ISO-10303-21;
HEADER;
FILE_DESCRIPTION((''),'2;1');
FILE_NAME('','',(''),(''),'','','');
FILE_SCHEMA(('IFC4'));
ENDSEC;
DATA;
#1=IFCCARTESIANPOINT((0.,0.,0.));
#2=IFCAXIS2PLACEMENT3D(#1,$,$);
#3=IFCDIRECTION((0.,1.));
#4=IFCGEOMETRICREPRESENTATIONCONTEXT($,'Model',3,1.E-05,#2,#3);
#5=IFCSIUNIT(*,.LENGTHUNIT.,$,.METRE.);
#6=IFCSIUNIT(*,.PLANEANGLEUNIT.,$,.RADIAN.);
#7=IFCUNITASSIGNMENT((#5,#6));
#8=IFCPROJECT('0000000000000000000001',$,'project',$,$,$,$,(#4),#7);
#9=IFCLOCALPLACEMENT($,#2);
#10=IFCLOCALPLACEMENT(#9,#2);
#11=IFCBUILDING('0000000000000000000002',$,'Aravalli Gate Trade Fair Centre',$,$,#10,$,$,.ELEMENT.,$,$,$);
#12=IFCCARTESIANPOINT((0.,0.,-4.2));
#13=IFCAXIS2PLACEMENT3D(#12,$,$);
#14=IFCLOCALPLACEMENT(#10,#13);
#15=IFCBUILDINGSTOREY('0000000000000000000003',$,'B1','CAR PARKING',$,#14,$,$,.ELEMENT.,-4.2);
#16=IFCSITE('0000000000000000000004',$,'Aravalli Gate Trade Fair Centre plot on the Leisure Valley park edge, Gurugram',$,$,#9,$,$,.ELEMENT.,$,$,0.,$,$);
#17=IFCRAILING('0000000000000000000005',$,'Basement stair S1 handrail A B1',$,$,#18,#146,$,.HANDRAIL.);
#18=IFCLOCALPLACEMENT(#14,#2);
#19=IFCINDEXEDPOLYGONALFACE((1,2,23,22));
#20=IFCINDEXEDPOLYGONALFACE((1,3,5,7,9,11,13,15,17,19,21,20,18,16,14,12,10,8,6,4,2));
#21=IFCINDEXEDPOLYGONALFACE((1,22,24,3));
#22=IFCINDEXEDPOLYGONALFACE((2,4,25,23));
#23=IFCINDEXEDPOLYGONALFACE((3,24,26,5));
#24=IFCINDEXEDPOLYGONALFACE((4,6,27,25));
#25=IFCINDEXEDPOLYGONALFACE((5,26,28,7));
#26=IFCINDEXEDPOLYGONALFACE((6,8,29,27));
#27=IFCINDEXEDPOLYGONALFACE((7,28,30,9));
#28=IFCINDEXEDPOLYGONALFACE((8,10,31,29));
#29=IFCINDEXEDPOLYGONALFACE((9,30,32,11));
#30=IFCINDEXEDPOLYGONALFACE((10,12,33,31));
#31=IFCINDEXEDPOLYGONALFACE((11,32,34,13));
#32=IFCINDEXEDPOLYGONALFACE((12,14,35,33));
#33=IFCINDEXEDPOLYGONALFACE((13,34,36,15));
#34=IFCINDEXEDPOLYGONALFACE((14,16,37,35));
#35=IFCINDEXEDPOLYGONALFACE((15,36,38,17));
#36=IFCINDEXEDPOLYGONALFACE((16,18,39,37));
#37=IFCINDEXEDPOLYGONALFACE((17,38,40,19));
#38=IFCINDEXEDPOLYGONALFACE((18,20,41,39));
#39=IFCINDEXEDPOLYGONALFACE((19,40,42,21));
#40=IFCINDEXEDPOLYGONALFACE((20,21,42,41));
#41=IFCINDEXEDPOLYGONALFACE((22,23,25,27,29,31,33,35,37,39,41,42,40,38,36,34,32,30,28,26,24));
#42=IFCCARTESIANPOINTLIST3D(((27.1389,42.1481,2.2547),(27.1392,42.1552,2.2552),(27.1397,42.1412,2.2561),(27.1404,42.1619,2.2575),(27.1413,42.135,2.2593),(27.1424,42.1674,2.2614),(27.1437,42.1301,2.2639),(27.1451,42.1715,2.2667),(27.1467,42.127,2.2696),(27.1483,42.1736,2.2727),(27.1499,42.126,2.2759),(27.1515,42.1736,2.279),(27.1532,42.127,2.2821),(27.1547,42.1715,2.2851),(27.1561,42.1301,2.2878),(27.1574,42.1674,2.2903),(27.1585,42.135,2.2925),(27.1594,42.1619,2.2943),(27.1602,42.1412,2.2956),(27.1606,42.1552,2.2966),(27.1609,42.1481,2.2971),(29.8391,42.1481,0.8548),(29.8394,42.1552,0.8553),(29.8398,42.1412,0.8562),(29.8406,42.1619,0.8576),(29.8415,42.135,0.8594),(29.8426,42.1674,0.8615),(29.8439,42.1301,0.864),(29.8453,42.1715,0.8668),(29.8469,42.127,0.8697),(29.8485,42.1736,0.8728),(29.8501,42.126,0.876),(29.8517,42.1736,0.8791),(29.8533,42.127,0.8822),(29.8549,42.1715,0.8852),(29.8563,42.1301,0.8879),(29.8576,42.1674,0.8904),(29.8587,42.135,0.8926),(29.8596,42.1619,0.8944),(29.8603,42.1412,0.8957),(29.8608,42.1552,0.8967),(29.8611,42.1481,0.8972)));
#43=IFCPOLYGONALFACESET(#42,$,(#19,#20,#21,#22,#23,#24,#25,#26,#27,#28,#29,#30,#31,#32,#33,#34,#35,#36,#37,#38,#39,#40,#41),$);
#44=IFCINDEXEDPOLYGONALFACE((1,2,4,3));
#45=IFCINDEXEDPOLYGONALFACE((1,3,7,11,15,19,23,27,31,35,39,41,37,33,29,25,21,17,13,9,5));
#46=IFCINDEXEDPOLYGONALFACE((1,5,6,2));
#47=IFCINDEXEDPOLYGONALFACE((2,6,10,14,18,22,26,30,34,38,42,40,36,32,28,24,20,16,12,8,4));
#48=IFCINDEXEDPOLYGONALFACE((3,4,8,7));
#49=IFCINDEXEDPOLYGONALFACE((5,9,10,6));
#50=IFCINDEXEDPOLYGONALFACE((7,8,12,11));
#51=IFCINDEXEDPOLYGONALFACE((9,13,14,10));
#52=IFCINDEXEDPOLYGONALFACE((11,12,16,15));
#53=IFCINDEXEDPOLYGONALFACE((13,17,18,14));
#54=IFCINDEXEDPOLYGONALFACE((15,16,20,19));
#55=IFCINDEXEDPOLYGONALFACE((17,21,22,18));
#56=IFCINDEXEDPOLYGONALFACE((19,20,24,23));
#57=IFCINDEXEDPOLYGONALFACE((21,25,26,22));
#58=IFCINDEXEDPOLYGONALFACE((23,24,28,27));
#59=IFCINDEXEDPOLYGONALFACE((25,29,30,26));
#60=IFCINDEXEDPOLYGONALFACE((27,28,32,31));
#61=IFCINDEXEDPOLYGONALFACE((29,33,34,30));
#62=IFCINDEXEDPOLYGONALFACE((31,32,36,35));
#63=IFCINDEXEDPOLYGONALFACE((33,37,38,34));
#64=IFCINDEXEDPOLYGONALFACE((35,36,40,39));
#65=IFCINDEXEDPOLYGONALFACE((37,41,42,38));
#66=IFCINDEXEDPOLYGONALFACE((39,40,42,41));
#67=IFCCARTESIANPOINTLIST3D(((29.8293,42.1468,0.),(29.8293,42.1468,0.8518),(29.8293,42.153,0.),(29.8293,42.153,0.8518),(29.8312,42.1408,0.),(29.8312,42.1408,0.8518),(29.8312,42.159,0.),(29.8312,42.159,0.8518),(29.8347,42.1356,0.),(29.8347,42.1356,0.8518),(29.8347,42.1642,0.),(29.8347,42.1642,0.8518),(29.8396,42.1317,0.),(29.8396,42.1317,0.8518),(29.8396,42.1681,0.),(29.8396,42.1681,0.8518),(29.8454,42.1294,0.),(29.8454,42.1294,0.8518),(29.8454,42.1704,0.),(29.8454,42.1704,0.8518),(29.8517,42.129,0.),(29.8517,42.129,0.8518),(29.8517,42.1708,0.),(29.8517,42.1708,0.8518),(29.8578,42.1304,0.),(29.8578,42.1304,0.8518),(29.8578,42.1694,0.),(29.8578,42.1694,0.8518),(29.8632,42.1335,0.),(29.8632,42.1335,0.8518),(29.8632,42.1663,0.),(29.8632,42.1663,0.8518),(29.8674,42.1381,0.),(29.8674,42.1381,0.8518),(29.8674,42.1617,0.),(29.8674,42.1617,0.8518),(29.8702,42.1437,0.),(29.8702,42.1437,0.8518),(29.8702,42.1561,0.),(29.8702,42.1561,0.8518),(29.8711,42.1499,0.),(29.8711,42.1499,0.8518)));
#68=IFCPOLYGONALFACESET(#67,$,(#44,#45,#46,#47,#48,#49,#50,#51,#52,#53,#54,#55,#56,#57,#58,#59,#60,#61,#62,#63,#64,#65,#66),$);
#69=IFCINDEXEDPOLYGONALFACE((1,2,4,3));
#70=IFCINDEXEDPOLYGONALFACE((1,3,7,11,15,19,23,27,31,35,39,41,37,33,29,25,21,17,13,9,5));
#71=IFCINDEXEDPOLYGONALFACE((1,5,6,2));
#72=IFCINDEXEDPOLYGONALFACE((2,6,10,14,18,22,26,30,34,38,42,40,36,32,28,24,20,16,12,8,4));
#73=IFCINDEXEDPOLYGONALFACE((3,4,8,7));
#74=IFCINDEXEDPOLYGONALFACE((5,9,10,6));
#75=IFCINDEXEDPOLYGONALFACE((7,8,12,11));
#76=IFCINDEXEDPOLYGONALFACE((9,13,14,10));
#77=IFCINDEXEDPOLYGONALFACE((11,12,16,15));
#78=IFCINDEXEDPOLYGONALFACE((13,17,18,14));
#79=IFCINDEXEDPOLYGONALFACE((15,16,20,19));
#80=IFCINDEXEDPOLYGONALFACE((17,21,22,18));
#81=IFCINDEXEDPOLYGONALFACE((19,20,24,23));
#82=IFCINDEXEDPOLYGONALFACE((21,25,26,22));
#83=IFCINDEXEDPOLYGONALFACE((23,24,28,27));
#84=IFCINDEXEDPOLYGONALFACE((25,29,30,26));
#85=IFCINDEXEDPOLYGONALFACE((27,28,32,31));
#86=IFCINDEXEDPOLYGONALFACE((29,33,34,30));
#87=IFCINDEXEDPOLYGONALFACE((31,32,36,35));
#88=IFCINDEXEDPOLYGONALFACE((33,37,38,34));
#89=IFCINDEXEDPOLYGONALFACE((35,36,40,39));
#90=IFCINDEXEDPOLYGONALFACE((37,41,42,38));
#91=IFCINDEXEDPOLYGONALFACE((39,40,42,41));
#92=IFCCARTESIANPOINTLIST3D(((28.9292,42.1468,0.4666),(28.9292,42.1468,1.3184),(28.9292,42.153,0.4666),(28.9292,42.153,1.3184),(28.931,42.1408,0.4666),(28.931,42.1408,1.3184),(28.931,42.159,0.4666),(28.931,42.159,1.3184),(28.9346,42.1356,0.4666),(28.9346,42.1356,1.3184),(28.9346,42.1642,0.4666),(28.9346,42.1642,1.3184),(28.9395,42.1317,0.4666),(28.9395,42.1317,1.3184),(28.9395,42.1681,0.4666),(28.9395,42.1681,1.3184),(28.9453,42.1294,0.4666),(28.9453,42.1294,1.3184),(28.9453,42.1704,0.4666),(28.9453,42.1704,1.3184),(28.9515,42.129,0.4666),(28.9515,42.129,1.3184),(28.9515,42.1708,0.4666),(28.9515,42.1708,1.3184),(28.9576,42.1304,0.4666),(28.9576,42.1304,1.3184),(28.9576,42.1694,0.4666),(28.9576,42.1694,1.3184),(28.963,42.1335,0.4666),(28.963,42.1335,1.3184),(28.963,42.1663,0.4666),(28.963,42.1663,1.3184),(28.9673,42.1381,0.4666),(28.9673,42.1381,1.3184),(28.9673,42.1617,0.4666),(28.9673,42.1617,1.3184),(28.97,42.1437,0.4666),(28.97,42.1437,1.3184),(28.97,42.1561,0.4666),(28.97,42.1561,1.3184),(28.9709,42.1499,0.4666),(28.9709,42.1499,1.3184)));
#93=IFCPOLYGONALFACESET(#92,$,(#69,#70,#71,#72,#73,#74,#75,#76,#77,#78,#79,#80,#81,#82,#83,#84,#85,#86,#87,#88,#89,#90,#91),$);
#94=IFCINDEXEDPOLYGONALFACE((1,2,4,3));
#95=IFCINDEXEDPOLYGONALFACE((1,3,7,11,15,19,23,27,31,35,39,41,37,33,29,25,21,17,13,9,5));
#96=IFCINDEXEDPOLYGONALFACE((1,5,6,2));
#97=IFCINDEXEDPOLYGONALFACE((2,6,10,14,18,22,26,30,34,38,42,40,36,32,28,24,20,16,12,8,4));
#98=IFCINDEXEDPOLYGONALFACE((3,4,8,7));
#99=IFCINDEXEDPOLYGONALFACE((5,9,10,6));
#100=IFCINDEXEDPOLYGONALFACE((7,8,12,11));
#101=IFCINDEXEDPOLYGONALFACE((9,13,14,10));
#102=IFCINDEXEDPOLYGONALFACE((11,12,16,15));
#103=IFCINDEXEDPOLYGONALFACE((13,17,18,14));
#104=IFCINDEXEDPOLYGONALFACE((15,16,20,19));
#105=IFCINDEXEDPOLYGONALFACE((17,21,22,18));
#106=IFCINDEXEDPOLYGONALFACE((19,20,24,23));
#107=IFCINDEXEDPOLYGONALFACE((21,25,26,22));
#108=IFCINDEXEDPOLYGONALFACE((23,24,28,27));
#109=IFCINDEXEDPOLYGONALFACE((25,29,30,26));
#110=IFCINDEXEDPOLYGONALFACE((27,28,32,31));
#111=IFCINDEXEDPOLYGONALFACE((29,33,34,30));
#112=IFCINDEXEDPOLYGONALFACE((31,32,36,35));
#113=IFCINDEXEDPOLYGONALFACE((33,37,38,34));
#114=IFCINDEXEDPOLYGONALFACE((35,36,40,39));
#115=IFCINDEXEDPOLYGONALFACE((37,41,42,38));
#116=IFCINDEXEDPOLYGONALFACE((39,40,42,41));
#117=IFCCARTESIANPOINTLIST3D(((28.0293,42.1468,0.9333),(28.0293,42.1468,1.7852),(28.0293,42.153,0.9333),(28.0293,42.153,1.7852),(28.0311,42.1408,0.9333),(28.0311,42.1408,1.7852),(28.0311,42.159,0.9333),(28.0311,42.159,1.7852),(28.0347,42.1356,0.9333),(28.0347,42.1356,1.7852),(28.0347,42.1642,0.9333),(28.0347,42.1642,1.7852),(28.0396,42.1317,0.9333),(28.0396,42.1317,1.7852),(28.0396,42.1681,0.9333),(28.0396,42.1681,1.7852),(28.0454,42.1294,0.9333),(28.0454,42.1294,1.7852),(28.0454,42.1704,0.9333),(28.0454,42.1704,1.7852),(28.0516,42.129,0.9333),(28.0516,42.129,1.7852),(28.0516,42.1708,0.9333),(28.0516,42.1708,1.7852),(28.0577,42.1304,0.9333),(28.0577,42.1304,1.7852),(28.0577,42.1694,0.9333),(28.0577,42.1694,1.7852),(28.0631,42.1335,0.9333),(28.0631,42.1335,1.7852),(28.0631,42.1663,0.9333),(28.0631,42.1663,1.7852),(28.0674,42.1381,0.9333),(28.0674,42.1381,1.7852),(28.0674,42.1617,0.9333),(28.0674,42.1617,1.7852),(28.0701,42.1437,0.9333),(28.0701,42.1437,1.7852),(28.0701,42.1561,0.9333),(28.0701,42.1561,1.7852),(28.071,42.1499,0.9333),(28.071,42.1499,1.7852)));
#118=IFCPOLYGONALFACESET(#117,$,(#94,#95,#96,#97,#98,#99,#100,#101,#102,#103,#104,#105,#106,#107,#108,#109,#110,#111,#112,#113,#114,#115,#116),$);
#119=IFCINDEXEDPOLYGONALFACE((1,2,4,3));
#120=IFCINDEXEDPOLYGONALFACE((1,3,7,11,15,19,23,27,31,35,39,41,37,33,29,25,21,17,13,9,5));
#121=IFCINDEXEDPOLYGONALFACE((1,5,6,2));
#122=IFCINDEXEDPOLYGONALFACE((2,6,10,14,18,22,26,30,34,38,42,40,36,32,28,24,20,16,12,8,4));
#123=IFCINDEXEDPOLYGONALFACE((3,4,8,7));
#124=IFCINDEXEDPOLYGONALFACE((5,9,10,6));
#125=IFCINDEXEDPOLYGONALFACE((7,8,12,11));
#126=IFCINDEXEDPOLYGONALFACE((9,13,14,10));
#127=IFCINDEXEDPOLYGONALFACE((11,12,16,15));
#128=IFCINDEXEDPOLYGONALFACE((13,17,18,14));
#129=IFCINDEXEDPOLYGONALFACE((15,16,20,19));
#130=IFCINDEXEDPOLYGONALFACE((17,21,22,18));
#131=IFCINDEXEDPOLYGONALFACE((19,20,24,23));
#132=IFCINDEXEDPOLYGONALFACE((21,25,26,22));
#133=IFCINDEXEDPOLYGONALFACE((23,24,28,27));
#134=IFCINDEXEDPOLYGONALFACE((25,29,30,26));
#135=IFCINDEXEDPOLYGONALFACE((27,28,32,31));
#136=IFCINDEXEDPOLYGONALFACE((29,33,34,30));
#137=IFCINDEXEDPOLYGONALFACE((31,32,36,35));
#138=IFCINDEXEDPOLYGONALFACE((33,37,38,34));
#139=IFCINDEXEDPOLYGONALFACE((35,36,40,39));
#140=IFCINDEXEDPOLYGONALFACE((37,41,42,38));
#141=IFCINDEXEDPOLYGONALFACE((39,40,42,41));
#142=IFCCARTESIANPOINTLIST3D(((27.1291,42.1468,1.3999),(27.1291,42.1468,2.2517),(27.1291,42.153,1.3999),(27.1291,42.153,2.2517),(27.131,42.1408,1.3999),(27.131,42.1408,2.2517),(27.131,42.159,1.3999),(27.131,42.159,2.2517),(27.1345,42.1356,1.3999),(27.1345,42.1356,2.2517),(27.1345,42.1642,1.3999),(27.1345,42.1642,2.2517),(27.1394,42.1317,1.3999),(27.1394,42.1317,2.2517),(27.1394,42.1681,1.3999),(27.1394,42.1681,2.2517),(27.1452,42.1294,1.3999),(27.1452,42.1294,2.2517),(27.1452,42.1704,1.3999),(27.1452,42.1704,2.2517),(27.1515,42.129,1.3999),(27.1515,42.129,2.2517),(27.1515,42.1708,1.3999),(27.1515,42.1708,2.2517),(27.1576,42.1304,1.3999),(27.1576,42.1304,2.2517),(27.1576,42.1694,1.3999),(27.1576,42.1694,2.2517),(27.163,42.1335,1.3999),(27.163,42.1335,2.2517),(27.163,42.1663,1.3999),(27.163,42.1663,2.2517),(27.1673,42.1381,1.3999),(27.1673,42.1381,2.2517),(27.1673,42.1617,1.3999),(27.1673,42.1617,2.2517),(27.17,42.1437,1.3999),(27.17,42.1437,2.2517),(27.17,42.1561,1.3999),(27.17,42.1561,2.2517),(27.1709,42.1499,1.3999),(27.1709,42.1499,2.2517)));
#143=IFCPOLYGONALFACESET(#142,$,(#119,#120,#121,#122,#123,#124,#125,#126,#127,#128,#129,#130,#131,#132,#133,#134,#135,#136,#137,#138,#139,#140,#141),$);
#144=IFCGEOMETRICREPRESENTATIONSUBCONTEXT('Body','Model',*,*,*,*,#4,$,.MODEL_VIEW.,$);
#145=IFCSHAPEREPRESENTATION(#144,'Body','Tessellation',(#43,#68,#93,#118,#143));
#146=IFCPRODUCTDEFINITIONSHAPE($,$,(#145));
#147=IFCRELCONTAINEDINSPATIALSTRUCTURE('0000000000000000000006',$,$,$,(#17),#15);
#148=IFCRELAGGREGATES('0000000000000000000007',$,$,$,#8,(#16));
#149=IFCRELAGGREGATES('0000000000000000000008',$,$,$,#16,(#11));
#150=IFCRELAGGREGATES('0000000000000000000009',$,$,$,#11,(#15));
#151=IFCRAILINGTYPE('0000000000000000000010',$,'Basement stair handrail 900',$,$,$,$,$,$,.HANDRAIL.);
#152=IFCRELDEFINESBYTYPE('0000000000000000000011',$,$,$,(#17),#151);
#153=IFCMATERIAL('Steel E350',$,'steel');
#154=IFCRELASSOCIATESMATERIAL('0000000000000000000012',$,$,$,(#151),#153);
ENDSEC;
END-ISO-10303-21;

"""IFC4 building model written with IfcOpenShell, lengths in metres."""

from ifc_helpers import new_model, si_unit, direction, frame, origin, origin_2d, place, context, subcontext, project, spatial, circle, extrude, material, type_object, element, save


model = new_model("IFC4")

# Units and contexts
model_context = context("Model", 3, precision=1e-05, world=origin(), true_north=direction((0.0, 1.0)))
body_context = subcontext(model_context, "Body", "Model", "MODEL_VIEW")
ifc_project = project(units=[si_unit("LENGTHUNIT", "METRE"), si_unit("PLANEANGLEUNIT", "RADIAN")], contexts=[model_context])

# Site, building, storey
site_placement = place(None, origin())
site = spatial("IfcSite", under=ifc_project, at=site_placement, Name="Aravalli Gate Trade Fair Centre plot on the Leisure Valley park edge, Gurugram", CompositionType="ELEMENT", RefElevation=0.0)
building_placement = place(site_placement, origin())
building = spatial("IfcBuilding", under=site, at=building_placement, Name="Aravalli Gate Trade Fair Centre", CompositionType="ELEMENT")
storey_placement = place(building_placement, frame((0.0, 0.0, -4.2)))
storey = spatial("IfcBuildingStorey", under=building, at=storey_placement, Name="B1", Description="CAR PARKING", CompositionType="ELEMENT", Elevation=-4.2)

# Railing
ifc_material_1 = material(Name="Steel E350", Category="steel")
railing_type_1 = type_object("IfcRailingType", Name="Basement stair handrail 900", PredefinedType="HANDRAIL", material=ifc_material_1)
for number, where, name in (
    (1, (29.8501, 42.1499, 0.0), "Basement stair S1 handrail A B1"),
):
    element("IfcRailing", number, at=place(storey_placement, frame(where)), inside=storey, type_object=railing_type_1, Name=name, PredefinedType="HANDRAIL", context=body_context, shape_type="SweptSolid", body=[
        extrude(circle(Radius=0.0239, at=origin_2d()), frame((0.0, 0.0, 0.876), z_axis=(-0.887781, 0.0, 0.460266), x_axis=(0.0, -1.0, 0.0)), (0.0, 0.0, 1.0), 3.0415),
        extrude(circle(Radius=0.021, at=origin_2d()), origin(), (0.0, 0.0, 1.0), 0.8518),
        extrude(circle(Radius=0.021, at=origin_2d()), frame((-0.9001, 0.0, 0.4666)), (0.0, 0.0, 1.0), 0.8518),
        extrude(circle(Radius=0.021, at=origin_2d()), frame((-1.8, 0.0, 0.9333)), (0.0, 0.0, 1.0), 0.8518),
        extrude(circle(Radius=0.021, at=origin_2d()), frame((-2.7002, 0.0, 1.3999)), (0.0, 0.0, 1.0), 0.8518),
    ])

save(model, "model.ifc")
